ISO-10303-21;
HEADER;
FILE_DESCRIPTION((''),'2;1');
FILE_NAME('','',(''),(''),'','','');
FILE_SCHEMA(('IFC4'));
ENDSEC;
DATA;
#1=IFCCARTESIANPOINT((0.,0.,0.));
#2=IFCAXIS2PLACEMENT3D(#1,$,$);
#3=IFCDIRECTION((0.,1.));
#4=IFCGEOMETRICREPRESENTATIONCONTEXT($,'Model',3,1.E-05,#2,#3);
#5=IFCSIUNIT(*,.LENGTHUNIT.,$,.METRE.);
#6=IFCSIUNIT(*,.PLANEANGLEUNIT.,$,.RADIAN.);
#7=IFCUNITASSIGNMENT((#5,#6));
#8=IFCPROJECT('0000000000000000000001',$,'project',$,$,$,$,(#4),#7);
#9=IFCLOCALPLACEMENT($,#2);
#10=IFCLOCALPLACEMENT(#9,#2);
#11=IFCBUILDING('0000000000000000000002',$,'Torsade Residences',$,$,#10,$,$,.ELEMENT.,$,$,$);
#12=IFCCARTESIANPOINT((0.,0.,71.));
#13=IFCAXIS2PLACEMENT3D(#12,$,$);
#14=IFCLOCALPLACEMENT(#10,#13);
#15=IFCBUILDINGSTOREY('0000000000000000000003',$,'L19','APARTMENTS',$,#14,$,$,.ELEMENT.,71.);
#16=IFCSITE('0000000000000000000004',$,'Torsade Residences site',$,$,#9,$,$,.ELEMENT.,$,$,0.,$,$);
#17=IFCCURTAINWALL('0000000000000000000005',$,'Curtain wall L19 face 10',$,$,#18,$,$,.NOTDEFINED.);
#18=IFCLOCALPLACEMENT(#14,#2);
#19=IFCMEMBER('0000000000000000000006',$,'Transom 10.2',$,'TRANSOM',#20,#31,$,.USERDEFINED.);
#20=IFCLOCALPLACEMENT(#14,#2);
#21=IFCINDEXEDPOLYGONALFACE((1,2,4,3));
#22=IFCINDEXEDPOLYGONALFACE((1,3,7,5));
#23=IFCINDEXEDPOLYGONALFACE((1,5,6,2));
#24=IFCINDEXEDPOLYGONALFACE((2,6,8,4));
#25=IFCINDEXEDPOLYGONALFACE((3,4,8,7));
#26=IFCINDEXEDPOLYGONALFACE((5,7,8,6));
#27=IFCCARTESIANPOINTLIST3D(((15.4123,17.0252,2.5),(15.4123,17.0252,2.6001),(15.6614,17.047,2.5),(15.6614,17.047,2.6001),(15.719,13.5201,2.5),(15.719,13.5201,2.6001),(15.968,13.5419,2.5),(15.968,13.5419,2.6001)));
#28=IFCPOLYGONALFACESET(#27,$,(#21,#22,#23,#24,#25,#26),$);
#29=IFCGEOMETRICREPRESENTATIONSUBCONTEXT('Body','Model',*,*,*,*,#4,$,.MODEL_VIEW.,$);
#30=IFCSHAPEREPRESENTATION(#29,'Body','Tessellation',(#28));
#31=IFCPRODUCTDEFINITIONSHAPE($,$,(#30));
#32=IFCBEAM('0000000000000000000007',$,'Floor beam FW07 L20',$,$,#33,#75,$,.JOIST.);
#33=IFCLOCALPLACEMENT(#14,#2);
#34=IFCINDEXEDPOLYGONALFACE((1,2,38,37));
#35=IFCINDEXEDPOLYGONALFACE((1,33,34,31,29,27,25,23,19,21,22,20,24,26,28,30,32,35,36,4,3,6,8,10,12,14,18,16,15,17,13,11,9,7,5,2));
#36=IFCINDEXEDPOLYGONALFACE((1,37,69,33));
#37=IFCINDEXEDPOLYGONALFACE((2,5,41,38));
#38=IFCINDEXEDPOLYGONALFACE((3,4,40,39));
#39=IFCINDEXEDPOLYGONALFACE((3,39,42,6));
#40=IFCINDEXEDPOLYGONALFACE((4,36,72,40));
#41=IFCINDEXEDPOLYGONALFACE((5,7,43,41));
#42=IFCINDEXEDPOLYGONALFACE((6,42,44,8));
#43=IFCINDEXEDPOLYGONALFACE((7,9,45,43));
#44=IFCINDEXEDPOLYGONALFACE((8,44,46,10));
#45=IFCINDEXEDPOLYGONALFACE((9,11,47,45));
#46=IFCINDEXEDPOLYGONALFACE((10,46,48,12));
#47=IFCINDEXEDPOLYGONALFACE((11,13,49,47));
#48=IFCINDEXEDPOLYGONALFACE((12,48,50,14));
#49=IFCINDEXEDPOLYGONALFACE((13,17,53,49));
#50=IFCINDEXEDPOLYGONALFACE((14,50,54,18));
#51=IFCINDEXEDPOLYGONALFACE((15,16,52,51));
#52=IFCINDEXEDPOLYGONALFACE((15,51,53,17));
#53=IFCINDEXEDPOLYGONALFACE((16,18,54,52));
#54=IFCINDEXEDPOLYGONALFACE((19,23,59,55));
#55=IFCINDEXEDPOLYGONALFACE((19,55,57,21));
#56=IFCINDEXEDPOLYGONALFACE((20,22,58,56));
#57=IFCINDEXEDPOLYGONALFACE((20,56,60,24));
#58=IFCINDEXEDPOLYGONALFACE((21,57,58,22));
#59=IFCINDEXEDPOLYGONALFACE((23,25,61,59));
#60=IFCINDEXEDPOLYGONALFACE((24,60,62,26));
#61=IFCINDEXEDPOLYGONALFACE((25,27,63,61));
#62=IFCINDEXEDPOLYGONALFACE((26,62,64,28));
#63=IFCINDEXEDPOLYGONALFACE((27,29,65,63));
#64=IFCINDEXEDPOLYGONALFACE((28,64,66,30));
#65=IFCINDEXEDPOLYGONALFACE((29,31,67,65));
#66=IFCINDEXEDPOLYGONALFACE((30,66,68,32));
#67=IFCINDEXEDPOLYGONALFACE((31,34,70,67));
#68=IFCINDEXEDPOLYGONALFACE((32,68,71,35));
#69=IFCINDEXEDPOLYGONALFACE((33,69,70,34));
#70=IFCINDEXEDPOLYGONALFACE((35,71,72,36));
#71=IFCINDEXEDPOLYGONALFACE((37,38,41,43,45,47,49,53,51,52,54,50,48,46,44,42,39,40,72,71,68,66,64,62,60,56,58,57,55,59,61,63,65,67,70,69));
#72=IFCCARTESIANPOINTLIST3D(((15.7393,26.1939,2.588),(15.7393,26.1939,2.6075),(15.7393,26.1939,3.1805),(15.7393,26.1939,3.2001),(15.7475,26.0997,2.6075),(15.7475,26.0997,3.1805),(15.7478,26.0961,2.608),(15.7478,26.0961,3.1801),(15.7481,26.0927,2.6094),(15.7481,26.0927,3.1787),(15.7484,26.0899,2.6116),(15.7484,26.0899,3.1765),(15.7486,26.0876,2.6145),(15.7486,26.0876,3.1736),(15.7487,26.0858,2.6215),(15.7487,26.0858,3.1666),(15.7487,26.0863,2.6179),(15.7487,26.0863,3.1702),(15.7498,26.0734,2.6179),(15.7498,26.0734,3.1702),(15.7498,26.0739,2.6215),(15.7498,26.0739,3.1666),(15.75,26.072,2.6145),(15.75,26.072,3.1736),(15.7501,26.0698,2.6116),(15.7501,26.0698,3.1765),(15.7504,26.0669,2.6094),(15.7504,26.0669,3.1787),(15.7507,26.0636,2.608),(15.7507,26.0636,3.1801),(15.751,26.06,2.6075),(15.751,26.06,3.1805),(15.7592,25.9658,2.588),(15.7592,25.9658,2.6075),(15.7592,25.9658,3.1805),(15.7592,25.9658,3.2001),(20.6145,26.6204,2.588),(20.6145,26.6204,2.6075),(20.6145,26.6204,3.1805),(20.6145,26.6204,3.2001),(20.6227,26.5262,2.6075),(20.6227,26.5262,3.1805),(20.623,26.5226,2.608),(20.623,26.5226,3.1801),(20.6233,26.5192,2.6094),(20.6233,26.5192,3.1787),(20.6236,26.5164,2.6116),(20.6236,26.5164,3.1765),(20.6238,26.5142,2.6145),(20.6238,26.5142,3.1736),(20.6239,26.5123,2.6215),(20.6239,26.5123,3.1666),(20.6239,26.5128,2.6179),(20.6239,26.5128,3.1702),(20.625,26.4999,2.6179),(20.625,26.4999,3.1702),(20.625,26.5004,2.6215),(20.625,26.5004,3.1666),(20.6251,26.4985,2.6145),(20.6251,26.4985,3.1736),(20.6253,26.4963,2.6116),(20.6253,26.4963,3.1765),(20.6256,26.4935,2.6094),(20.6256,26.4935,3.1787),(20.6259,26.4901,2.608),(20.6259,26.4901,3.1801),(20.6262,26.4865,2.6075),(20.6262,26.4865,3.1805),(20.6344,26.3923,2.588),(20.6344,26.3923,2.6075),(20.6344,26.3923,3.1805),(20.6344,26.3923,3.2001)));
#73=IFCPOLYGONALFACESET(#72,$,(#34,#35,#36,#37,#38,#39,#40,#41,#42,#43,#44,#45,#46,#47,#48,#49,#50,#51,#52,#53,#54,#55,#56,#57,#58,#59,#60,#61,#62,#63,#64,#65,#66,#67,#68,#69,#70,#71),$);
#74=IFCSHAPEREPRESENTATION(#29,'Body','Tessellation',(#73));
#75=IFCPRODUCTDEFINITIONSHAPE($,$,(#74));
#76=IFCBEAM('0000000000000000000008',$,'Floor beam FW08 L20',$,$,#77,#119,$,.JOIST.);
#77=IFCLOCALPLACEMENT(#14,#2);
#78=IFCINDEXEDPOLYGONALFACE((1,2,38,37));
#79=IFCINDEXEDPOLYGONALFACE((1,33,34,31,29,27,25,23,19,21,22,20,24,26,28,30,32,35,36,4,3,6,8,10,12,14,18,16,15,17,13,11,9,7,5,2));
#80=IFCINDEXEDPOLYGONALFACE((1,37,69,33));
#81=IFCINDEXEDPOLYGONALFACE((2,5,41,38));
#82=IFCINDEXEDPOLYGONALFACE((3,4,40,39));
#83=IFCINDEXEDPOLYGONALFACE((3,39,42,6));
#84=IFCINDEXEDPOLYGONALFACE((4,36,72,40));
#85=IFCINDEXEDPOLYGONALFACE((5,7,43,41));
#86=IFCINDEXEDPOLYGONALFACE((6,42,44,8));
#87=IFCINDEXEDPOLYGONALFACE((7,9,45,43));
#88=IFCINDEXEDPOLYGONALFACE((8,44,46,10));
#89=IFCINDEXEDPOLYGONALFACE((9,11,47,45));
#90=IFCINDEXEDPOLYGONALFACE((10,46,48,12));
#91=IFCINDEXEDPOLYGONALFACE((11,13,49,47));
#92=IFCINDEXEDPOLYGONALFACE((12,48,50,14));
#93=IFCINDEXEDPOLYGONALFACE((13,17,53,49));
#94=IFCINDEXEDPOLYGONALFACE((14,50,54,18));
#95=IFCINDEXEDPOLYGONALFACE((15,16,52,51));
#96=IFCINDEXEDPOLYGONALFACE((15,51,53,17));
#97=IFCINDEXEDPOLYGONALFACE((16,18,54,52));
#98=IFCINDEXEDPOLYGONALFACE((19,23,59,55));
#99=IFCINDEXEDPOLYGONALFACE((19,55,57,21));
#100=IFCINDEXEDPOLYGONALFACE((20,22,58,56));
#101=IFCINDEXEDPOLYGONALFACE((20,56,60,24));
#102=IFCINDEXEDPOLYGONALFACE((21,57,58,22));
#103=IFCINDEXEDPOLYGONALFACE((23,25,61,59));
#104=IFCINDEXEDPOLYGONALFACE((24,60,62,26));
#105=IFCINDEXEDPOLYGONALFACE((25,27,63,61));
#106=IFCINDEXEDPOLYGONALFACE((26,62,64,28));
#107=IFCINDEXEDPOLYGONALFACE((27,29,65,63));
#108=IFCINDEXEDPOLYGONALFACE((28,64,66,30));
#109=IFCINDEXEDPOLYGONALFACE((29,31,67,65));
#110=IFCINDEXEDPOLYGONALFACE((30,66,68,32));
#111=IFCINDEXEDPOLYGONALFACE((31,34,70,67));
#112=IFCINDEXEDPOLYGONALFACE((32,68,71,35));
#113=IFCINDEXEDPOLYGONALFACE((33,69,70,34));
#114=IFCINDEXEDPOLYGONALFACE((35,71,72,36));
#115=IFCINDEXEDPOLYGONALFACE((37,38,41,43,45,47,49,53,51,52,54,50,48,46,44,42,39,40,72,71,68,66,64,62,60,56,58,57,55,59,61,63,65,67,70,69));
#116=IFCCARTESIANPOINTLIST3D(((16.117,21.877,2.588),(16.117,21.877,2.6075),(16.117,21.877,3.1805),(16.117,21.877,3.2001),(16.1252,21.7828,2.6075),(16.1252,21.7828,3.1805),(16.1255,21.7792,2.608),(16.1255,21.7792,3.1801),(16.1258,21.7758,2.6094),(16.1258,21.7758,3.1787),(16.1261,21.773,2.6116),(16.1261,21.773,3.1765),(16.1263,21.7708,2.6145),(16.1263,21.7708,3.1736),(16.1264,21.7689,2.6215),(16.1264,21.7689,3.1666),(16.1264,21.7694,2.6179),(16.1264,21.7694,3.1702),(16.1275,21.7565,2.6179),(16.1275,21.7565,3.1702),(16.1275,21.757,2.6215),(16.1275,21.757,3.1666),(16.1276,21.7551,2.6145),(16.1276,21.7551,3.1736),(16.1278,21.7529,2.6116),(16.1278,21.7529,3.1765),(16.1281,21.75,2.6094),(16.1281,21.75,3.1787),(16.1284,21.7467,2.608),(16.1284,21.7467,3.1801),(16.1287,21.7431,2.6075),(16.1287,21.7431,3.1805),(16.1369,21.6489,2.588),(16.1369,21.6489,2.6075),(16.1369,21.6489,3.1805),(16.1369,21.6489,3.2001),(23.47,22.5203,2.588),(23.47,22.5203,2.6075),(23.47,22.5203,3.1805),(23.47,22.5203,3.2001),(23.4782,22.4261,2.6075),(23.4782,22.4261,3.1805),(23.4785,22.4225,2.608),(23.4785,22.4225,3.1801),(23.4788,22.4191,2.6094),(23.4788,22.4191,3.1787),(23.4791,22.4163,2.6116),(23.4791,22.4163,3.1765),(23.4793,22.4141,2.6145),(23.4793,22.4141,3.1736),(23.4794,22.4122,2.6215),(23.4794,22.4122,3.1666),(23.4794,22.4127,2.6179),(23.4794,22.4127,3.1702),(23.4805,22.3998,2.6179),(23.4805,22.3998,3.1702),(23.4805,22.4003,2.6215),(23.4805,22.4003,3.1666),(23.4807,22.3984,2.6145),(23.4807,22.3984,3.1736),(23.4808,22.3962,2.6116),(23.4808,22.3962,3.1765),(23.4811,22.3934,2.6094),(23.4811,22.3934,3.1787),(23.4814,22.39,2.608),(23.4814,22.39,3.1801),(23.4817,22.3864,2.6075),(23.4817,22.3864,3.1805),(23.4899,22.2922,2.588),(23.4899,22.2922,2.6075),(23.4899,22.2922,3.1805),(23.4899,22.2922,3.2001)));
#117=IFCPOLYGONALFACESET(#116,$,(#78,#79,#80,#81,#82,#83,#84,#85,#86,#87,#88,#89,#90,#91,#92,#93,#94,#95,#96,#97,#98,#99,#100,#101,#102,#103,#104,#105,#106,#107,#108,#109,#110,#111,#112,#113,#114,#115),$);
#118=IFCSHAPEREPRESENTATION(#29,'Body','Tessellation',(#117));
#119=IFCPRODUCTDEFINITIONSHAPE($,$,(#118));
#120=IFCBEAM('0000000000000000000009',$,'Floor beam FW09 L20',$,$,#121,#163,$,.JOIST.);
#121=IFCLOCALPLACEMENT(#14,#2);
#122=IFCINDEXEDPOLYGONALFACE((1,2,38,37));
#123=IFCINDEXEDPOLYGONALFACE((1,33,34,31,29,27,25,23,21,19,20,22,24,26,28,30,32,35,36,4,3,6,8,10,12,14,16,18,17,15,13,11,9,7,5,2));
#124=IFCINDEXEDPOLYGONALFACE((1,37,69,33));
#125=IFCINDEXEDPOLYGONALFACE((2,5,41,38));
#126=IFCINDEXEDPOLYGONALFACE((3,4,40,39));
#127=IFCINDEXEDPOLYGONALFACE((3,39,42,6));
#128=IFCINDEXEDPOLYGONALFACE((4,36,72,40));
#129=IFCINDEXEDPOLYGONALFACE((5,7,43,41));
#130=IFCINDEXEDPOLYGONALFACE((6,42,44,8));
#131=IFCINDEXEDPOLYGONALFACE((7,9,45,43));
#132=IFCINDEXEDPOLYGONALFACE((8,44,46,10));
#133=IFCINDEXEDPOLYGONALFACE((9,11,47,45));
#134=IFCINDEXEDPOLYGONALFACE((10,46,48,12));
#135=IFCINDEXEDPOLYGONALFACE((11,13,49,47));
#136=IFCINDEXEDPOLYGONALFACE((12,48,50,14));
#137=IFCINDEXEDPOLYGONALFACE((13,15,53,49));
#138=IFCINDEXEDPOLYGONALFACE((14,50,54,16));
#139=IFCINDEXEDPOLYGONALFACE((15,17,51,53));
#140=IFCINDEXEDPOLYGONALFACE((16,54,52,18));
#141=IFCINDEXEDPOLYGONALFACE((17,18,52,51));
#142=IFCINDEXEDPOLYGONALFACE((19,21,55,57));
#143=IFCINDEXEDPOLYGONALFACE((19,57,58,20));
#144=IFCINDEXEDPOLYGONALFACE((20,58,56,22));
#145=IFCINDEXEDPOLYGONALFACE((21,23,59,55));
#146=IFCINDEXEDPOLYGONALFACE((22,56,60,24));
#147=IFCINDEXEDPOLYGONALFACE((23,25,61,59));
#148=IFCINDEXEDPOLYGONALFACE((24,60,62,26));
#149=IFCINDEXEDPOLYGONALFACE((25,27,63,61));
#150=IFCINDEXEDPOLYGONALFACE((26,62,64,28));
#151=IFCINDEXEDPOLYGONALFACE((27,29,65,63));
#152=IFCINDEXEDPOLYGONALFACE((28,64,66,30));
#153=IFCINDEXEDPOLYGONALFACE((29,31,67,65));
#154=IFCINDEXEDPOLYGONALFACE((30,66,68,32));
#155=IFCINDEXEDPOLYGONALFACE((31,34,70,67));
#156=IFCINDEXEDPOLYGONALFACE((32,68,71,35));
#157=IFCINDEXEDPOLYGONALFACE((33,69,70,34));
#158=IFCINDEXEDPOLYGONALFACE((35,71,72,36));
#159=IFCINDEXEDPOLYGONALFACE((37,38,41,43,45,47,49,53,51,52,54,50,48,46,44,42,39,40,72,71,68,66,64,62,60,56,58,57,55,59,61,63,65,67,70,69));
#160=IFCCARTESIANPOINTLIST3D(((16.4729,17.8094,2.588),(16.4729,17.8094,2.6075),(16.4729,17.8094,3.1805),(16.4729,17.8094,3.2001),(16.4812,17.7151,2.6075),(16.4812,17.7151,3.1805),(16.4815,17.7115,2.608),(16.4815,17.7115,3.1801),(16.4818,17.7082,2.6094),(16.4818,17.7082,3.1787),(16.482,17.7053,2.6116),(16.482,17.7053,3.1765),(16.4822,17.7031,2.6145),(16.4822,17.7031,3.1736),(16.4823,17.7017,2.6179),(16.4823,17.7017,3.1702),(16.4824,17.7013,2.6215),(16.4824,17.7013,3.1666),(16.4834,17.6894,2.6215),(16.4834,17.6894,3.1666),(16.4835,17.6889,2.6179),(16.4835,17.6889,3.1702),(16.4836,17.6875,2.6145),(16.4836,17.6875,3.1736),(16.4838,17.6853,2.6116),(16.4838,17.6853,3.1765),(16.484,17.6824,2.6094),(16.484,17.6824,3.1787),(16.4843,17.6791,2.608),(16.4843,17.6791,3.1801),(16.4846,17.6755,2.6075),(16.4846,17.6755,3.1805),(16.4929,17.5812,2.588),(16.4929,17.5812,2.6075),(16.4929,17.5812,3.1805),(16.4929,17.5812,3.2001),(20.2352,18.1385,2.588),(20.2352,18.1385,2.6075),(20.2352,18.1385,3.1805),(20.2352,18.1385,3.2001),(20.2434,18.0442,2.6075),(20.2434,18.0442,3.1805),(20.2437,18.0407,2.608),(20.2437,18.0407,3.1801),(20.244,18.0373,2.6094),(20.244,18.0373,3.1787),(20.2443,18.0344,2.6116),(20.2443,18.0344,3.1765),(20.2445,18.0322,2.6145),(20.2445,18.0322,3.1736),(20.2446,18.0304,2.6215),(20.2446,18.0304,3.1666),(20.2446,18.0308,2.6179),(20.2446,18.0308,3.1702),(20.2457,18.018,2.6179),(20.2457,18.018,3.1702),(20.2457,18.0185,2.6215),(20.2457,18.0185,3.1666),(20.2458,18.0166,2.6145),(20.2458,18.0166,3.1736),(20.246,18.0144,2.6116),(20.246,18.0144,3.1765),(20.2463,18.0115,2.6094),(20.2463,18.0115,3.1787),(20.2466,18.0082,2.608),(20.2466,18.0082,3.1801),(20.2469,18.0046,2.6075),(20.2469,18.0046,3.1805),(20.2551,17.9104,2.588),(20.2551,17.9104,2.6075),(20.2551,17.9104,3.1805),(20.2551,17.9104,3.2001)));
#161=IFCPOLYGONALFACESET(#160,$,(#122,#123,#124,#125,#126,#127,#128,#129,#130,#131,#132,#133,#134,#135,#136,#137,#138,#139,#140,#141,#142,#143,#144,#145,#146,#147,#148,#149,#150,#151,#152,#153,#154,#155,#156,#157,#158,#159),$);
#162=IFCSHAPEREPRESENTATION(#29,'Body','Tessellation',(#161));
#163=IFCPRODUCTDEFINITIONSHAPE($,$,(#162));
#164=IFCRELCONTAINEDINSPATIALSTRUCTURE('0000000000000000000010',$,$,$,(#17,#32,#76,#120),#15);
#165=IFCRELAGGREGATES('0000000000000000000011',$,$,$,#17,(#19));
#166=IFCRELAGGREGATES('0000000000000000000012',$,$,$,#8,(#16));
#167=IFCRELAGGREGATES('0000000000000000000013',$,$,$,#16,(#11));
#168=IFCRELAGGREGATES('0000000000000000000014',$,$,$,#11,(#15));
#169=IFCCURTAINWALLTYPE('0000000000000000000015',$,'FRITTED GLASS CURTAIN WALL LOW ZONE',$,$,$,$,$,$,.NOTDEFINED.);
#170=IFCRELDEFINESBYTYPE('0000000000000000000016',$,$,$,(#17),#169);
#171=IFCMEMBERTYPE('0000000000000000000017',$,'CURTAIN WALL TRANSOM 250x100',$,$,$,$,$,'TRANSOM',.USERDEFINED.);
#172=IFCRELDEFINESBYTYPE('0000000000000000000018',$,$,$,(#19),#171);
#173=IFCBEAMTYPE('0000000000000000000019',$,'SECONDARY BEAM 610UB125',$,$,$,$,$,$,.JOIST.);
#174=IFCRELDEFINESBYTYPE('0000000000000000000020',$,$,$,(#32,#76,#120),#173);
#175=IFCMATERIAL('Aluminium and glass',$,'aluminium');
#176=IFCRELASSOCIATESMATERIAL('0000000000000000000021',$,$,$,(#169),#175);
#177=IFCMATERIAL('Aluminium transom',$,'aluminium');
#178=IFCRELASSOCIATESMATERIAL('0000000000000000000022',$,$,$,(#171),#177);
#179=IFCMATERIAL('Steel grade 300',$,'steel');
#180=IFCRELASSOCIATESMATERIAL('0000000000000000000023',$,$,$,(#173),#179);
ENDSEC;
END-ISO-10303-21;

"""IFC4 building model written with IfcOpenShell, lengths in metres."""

from ifc_helpers import new_model, si_unit, direction, frame, origin, origin_2d, place, context, subcontext, project, spatial, rectangle, i_section, extrude, material, material_profile, profile_set, type_object, element, aggregate, save


model = new_model("IFC4")

# Units and contexts
model_context = context("Model", 3, precision=1e-05, world=origin(), true_north=direction((0.0, 1.0)))
body_context = subcontext(model_context, "Body", "Model", "MODEL_VIEW")
ifc_project = project(units=[si_unit("LENGTHUNIT", "METRE"), si_unit("PLANEANGLEUNIT", "RADIAN")], contexts=[model_context])

# Site, building, storey
site_placement = place(None, origin())
site = spatial("IfcSite", under=ifc_project, at=site_placement, Name="Torsade Residences site", CompositionType="ELEMENT", RefElevation=0.0)
building_placement = place(site_placement, origin())
building = spatial("IfcBuilding", under=site, at=building_placement, Name="Torsade Residences", CompositionType="ELEMENT")
storey_placement = place(building_placement, frame((0.0, 0.0, 71.0)))
storey = spatial("IfcBuildingStorey", under=building, at=storey_placement, Name="L19", Description="APARTMENTS", CompositionType="ELEMENT", Elevation=71.0)

# Curtain wall, member
ifc_material_1 = material(Name="Aluminium and glass", Category="aluminium")
curtain_wall_type = type_object("IfcCurtainWallType", Name="FRITTED GLASS CURTAIN WALL LOW ZONE", PredefinedType="NOTDEFINED", material=ifc_material_1)
curtain_wall_placement = place(storey_placement, origin())
curtain_wall = element("IfcCurtainWall", 1, at=curtain_wall_placement, inside=storey, type_object=curtain_wall_type, Name="Curtain wall L19 face 10", PredefinedType="NOTDEFINED")
ifc_material_2 = material(Name="Aluminium transom", Category="aluminium")
ifc_material_profile_1 = material_profile(ifc_material_2, rectangle(XDim=0.25, YDim=0.1001, at=origin_2d()), Name="CURTAIN WALL TRANSOM 250x100")
ifc_profile_set_1 = profile_set([ifc_material_profile_1], Name="Aluminium transom")
member_type_1 = type_object("IfcMemberType", Name="CURTAIN WALL TRANSOM 250x100", ElementType="TRANSOM", PredefinedType="USERDEFINED", material=ifc_profile_set_1)
member_1_placement = place(storey_placement, frame((15.5369, 17.0361, 2.55), z_axis=(0.087151, -0.996195, 0.0), x_axis=(0.996195, 0.087151, 0.0)))
member_1 = element("IfcMember", 2, at=member_1_placement, type_object=member_type_1, Name="Transom 10.2", ObjectType="TRANSOM", PredefinedType="USERDEFINED", context=body_context, shape_type="SweptSolid", body=[
    extrude(rectangle(XDim=0.25, YDim=0.1001, at=origin_2d()), origin(), (0.0, 0.0, 1.0), 3.5186),
])

# Beams
ifc_material_3 = material(Name="Steel grade 300", Category="steel")
ifc_material_profile_2 = material_profile(ifc_material_3, i_section(OverallWidth=0.229, OverallDepth=0.6121, WebThickness=0.012, FlangeThickness=0.0195, FilletRadius=0.0139, at=origin_2d()), Name="610UB125")
ifc_profile_set_2 = profile_set([ifc_material_profile_2], Name="Steel grade 300")
beam_type_1 = type_object("IfcBeamType", Name="SECONDARY BEAM 610UB125", PredefinedType="JOIST", material=ifc_profile_set_2)
beam_1_placement = place(storey_placement, frame((15.7493, 26.0798, 2.894), z_axis=(0.996195, 0.087153, 0.0), x_axis=(-0.087153, 0.996195, 0.0)))
element("IfcBeam", 3, at=beam_1_placement, inside=storey, type_object=beam_type_1, Name="Floor beam FW07 L20", PredefinedType="JOIST", context=body_context, shape_type="SweptSolid", body=[
    extrude(i_section(OverallWidth=0.229, OverallDepth=0.6121, WebThickness=0.012, FlangeThickness=0.0195, FilletRadius=0.0139, at=origin_2d()), origin(), (0.0, 0.0, 1.0), 4.8938),
])
beam_2_placement = place(storey_placement, frame((16.127, 21.7629, 2.894), z_axis=(0.996195, 0.087156, 0.0), x_axis=(-0.087156, 0.996195, 0.0)))
element("IfcBeam", 4, at=beam_2_placement, inside=storey, type_object=beam_type_1, Name="Floor beam FW08 L20", PredefinedType="JOIST", context=body_context, shape_type="SweptSolid", body=[
    extrude(i_section(OverallWidth=0.229, OverallDepth=0.6121, WebThickness=0.012, FlangeThickness=0.0195, FilletRadius=0.0139, at=origin_2d()), origin(), (0.0, 0.0, 1.0), 7.3811),
])
beam_3_placement = place(storey_placement, frame((16.4829, 17.6953, 2.894), z_axis=(0.996196, 0.087143, 0.0), x_axis=(-0.087143, 0.996196, 0.0)))
element("IfcBeam", 5, at=beam_3_placement, inside=storey, type_object=beam_type_1, Name="Floor beam FW09 L20", PredefinedType="JOIST", context=body_context, shape_type="SweptSolid", body=[
    extrude(i_section(OverallWidth=0.229, OverallDepth=0.6121, WebThickness=0.012, FlangeThickness=0.0195, FilletRadius=0.0139, at=origin_2d()), origin(), (0.0, 0.0, 1.0), 3.7766),
])

aggregate(curtain_wall, [member_1])

save(model, "model.ifc")
